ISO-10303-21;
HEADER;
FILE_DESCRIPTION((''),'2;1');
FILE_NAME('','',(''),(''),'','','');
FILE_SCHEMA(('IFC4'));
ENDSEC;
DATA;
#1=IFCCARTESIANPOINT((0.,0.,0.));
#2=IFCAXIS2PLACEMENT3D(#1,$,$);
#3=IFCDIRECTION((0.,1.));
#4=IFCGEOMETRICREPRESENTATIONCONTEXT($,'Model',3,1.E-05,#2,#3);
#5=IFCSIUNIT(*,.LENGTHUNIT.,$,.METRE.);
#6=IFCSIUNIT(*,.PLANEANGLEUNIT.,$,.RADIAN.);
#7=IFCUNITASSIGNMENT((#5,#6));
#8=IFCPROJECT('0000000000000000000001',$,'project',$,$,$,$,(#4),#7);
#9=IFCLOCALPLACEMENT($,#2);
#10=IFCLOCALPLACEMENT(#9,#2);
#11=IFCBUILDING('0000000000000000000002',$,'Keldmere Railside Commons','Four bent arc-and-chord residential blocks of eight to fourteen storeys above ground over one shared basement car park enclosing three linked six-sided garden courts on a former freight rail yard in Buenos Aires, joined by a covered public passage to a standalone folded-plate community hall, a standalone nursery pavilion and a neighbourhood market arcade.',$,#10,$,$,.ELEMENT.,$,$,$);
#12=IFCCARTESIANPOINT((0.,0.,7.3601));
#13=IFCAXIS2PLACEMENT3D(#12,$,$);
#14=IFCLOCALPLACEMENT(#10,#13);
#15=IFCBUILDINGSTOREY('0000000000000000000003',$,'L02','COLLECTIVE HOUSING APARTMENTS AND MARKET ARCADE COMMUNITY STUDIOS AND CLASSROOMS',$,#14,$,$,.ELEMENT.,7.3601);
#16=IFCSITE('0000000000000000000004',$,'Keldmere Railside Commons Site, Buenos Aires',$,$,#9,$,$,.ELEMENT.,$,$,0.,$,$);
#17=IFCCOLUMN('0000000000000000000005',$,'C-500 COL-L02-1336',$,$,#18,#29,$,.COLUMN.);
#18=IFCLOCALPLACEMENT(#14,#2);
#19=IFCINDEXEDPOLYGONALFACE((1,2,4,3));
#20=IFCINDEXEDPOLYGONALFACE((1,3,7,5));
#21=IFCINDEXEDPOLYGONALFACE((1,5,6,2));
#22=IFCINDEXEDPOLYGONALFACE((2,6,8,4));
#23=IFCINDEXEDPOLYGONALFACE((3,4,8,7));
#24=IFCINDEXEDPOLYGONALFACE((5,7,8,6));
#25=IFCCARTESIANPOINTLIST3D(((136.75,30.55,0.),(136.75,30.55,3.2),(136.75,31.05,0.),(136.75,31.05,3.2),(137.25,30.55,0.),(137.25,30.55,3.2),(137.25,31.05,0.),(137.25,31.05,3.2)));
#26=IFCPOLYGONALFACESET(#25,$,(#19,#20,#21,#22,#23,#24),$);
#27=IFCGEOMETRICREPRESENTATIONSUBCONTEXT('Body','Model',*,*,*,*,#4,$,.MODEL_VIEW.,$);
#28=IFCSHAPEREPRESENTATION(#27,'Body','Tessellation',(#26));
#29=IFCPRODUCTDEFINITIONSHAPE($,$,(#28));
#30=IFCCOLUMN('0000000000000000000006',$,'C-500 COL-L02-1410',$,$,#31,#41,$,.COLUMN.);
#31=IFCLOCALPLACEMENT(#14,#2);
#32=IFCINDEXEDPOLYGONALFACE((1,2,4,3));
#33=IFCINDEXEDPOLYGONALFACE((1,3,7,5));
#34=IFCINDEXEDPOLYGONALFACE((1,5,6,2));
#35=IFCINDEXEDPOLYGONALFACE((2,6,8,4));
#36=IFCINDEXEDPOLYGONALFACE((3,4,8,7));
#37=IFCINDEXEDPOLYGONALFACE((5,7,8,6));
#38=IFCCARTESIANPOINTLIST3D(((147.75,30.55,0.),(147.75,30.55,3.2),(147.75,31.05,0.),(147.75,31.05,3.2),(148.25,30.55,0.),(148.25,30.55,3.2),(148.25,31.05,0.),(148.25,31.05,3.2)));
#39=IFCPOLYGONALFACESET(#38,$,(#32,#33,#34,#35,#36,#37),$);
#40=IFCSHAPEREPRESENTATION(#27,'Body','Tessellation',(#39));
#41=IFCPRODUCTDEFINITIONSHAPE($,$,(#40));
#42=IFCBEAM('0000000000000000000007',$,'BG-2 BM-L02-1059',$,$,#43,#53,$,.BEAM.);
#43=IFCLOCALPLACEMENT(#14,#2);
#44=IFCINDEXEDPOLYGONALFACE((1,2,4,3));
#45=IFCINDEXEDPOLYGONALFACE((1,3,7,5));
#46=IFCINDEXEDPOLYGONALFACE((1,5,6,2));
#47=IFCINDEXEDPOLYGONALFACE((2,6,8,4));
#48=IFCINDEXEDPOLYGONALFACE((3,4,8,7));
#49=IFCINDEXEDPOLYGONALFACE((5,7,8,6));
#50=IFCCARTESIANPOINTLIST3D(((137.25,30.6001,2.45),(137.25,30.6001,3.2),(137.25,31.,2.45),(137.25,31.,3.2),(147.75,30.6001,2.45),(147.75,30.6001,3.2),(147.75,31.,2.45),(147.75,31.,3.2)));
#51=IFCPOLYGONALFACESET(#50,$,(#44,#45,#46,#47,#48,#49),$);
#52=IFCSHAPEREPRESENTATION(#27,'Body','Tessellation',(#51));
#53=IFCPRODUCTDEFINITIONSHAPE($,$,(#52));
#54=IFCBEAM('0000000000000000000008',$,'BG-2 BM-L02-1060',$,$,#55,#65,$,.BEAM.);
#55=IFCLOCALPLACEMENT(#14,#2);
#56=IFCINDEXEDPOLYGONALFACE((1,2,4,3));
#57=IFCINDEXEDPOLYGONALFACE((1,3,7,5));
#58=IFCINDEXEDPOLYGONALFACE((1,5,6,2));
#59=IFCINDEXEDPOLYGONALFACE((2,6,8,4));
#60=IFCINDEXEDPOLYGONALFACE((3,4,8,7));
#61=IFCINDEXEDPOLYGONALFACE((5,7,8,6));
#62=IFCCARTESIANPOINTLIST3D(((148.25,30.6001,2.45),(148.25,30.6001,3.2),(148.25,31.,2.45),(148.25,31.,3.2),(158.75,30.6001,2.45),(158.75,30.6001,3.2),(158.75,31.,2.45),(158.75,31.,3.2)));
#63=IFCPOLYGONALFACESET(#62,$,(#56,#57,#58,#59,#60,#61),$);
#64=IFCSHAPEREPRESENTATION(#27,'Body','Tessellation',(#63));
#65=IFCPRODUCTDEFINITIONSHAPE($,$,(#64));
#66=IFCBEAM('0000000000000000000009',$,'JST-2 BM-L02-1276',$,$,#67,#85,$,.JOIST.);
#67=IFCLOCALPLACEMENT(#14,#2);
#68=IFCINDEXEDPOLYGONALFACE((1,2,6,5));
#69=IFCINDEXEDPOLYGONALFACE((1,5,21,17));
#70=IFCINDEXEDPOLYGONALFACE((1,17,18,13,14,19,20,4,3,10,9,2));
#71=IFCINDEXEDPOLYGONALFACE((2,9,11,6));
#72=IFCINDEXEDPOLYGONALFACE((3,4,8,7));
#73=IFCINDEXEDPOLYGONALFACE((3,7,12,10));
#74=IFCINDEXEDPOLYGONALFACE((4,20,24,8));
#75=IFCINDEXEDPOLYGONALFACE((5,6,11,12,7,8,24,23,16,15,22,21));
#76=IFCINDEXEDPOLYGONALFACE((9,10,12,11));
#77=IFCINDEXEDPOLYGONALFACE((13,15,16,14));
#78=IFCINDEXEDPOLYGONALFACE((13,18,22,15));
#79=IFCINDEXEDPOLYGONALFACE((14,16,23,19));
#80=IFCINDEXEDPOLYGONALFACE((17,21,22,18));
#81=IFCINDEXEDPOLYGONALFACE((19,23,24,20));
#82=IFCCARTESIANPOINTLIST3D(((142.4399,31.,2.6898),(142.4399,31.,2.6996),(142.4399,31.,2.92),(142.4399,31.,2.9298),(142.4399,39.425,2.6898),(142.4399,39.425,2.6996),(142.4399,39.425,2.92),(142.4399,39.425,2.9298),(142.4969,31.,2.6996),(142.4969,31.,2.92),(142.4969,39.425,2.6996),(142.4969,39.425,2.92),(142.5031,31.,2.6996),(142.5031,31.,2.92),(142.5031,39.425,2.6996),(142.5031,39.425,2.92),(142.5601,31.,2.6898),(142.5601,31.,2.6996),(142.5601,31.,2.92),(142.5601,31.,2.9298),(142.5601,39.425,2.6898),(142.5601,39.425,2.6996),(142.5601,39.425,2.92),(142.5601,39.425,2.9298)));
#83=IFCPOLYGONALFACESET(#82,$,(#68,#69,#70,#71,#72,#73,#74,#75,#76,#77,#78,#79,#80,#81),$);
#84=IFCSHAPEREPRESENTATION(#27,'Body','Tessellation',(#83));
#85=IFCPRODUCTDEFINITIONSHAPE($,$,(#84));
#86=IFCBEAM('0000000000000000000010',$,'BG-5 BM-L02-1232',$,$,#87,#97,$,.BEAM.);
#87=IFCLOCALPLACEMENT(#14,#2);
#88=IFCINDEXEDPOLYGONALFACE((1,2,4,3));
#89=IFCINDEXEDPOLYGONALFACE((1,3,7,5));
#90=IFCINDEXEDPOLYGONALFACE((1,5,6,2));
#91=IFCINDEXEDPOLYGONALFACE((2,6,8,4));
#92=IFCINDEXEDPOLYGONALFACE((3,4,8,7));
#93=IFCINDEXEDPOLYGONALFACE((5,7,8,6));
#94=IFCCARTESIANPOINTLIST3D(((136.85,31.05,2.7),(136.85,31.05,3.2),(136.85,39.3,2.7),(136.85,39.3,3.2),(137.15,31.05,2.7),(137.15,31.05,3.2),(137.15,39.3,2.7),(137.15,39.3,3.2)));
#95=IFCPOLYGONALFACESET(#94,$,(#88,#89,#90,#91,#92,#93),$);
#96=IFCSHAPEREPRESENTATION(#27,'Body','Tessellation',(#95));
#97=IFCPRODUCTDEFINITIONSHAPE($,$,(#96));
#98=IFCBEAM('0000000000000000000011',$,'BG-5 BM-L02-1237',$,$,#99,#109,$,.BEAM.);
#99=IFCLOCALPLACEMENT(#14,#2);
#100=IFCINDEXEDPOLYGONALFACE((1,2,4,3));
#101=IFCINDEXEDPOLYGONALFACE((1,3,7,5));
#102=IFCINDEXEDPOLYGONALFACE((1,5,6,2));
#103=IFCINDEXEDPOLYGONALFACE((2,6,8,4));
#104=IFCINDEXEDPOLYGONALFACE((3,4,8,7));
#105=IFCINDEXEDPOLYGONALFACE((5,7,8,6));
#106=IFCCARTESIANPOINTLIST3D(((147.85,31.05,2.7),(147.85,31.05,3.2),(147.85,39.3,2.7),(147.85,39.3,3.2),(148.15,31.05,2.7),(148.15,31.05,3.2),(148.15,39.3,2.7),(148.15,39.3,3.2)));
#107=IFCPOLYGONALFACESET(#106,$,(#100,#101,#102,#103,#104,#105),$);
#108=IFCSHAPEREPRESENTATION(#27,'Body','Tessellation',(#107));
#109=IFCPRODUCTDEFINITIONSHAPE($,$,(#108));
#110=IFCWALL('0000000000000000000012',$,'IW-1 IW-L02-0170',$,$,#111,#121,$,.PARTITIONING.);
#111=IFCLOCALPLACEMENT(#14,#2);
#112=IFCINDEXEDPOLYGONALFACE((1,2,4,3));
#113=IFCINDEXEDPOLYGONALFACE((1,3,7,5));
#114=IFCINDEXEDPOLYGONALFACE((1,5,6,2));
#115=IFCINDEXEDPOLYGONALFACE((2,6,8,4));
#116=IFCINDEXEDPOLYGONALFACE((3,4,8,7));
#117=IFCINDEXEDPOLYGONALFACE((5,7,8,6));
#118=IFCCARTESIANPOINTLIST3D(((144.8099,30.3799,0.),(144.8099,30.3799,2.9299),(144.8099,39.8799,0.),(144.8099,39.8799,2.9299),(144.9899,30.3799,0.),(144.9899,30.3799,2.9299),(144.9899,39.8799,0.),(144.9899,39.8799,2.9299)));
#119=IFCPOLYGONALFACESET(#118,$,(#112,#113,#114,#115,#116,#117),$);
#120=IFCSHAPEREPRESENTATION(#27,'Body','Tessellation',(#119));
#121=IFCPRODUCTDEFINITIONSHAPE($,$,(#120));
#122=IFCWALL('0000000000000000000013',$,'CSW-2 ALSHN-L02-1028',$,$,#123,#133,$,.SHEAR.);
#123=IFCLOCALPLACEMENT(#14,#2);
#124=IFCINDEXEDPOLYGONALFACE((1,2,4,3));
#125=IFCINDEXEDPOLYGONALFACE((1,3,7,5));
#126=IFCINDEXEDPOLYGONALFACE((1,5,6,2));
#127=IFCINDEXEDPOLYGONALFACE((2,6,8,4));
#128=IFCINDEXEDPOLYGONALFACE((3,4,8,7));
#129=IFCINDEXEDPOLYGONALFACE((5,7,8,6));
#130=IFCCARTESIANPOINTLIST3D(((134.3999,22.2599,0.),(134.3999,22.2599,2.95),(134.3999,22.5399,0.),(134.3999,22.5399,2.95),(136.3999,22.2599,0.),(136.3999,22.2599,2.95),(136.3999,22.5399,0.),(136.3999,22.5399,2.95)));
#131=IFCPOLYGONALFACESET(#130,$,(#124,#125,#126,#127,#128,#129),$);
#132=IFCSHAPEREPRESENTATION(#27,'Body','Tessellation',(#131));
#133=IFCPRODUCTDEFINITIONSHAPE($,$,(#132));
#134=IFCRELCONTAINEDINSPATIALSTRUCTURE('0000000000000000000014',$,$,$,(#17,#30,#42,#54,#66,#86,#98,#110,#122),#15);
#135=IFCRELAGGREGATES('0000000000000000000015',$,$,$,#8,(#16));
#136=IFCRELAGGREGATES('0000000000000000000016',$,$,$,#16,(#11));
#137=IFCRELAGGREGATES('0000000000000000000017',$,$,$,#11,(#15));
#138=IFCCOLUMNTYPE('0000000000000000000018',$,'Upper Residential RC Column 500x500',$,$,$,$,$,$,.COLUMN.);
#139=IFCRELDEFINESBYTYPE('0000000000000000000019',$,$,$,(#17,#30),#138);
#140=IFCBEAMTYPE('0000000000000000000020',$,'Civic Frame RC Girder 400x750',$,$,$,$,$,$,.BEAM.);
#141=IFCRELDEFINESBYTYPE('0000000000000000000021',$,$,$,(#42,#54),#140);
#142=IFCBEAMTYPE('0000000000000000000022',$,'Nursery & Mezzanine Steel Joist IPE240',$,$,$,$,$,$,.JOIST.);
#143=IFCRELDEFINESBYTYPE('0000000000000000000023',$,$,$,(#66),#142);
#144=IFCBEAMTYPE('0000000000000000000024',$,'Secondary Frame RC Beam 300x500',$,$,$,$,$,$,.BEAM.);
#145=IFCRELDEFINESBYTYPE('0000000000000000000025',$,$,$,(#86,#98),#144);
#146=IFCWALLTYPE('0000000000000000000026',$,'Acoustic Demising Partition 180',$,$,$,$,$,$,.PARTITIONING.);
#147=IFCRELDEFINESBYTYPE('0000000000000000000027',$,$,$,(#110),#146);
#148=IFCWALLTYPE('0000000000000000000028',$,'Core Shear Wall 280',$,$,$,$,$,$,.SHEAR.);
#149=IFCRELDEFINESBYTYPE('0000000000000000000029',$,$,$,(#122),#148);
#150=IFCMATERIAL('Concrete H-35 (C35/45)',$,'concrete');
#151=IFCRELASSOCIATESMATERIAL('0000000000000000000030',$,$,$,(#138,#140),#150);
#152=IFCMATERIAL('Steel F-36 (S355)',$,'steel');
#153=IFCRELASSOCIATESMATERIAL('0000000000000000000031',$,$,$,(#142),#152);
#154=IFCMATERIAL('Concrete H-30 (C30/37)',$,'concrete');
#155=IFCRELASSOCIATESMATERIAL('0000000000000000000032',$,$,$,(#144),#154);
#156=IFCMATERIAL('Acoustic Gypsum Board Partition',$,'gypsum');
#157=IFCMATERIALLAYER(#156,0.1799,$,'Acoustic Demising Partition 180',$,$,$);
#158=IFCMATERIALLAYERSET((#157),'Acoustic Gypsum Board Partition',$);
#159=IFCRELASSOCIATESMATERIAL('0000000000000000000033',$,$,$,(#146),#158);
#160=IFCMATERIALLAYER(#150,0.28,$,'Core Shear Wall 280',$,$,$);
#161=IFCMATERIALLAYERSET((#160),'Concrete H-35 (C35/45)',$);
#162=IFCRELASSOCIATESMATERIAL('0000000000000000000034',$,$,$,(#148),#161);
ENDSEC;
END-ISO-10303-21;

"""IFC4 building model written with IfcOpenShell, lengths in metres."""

from ifc_helpers import new_model, si_unit, direction, frame, frame_2d, origin, origin_2d, place, context, subcontext, project, spatial, rectangle, i_section, extrude, material, layer, layer_set, material_profile, profile_set, type_object, element, save


model = new_model("IFC4")

# Units and contexts
model_context = context("Model", 3, precision=1e-05, world=origin(), true_north=direction((0.0, 1.0)))
body_context = subcontext(model_context, "Body", "Model", "MODEL_VIEW")
ifc_project = project(units=[si_unit("LENGTHUNIT", "METRE"), si_unit("PLANEANGLEUNIT", "RADIAN")], contexts=[model_context])

# Site, building, storey
site_placement = place(None, origin())
site = spatial("IfcSite", under=ifc_project, at=site_placement, Name="Keldmere Railside Commons Site, Buenos Aires", CompositionType="ELEMENT", RefElevation=0.0)
building_placement = place(site_placement, origin())
building = spatial("IfcBuilding", under=site, at=building_placement, Name="Keldmere Railside Commons", Description="Four bent arc-and-chord residential blocks of eight to fourteen storeys above ground over one shared basement car park enclosing three linked six-sided garden courts on a former freight rail yard in Buenos Aires, joined by a covered public passage to a standalone folded-plate community hall, a standalone nursery pavilion and a neighbourhood market arcade.", CompositionType="ELEMENT")
storey_placement = place(building_placement, frame((0.0, 0.0, 7.3601)))
storey = spatial("IfcBuildingStorey", under=building, at=storey_placement, Name="L02", Description="COLLECTIVE HOUSING APARTMENTS AND MARKET ARCADE COMMUNITY STUDIOS AND CLASSROOMS", CompositionType="ELEMENT", Elevation=7.3601)

# Columns
ifc_material_1 = material(Name="Concrete H-35 (C35/45)", Category="concrete")
ifc_material_profile_1 = material_profile(ifc_material_1, rectangle(XDim=0.5, YDim=0.5, at=origin_2d()), Name="RC-500x500")
ifc_profile_set_1 = profile_set([ifc_material_profile_1], Name="Concrete H-35 (C35/45)")
column_type = type_object("IfcColumnType", Name="Upper Residential RC Column 500x500", PredefinedType="COLUMN", material=ifc_profile_set_1)
for number, where, z_axis, x_axis, name in (
    (1, (137.0, 30.8, 0.0), (0.0, 0.0, 1.0), (1.0, 0.0, 0.0), "C-500 COL-L02-1336"),
    (2, (148.0, 30.8, 0.0), (0.0, 0.0, 1.0), (1.0, 0.0, 0.0), "C-500 COL-L02-1410"),
):
    element("IfcColumn", number, at=place(storey_placement, frame(where, z_axis=z_axis, x_axis=x_axis)), inside=storey, type_object=column_type, Name=name, PredefinedType="COLUMN", context=body_context, shape_type="SweptSolid", body=[
        extrude(rectangle(XDim=0.5, YDim=0.5, at=origin_2d()), origin(), (0.0, 0.0, 1.0), 3.2),
    ])

# Beams
ifc_material_profile_2 = material_profile(ifc_material_1, rectangle(XDim=0.3999, YDim=0.75, at=origin_2d()), Name="RC-400x750")
ifc_profile_set_2 = profile_set([ifc_material_profile_2], Name="Concrete H-35 (C35/45)")
beam_type_1 = type_object("IfcBeamType", Name="Civic Frame RC Girder 400x750", PredefinedType="BEAM", material=ifc_profile_set_2)
for number, where, z_axis, x_axis, name in (
    (3, (137.25, 30.8, 2.825), (1.0, 0.0, 0.0), (0.0, 1.0, 0.0), "BG-2 BM-L02-1059"),
    (4, (148.25, 30.8, 2.825), (1.0, 0.0, 0.0), (0.0, 1.0, 0.0), "BG-2 BM-L02-1060"),
):
    element("IfcBeam", number, at=place(storey_placement, frame(where, z_axis=z_axis, x_axis=x_axis)), inside=storey, type_object=beam_type_1, Name=name, PredefinedType="BEAM", context=body_context, shape_type="SweptSolid", body=[
        extrude(rectangle(XDim=0.3999, YDim=0.75, at=origin_2d()), origin(), (0.0, 0.0, 1.0), 10.5),
    ])
ifc_material_2 = material(Name="Steel F-36 (S355)", Category="steel")
ifc_material_profile_3 = material_profile(ifc_material_2, i_section(OverallWidth=0.1201, OverallDepth=0.24, WebThickness=0.0061, FlangeThickness=0.0098, at=origin_2d()), Name="IPE-240")
ifc_profile_set_3 = profile_set([ifc_material_profile_3], Name="Steel F-36 (S355)")
beam_type_2 = type_object("IfcBeamType", Name="Nursery & Mezzanine Steel Joist IPE240", PredefinedType="JOIST", material=ifc_profile_set_3)
beam_placement = place(storey_placement, frame((142.5, 31.0, 2.8098), z_axis=(0.0, 1.0, 0.0), x_axis=(-1.0, 0.0, 0.0)))
element("IfcBeam", 5, at=beam_placement, inside=storey, type_object=beam_type_2, Name="JST-2 BM-L02-1276", PredefinedType="JOIST", context=body_context, shape_type="SweptSolid", body=[
    extrude(i_section(OverallWidth=0.1201, OverallDepth=0.24, WebThickness=0.0061, FlangeThickness=0.0098, at=origin_2d()), origin(), (0.0, 0.0, 1.0), 8.425),
])
ifc_material_3 = material(Name="Concrete H-30 (C30/37)", Category="concrete")
ifc_material_profile_4 = material_profile(ifc_material_3, rectangle(XDim=0.3, YDim=0.5, at=origin_2d()), Name="RC-300x500")
ifc_profile_set_4 = profile_set([ifc_material_profile_4], Name="Concrete H-30 (C30/37)")
beam_type_3 = type_object("IfcBeamType", Name="Secondary Frame RC Beam 300x500", PredefinedType="BEAM", material=ifc_profile_set_4)
for number, where, z_axis, x_axis, name in (
    (6, (137.0, 31.05, 2.95), (0.0, 1.0, 0.0), (-1.0, 0.0, 0.0), "BG-5 BM-L02-1232"),
    (7, (148.0, 31.05, 2.95), (0.0, 1.0, 0.0), (-1.0, 0.0, 0.0), "BG-5 BM-L02-1237"),
):
    element("IfcBeam", number, at=place(storey_placement, frame(where, z_axis=z_axis, x_axis=x_axis)), inside=storey, type_object=beam_type_3, Name=name, PredefinedType="BEAM", context=body_context, shape_type="SweptSolid", body=[
        extrude(rectangle(XDim=0.3, YDim=0.5, at=origin_2d()), origin(), (0.0, 0.0, 1.0), 8.25),
    ])

# Wall
ifc_material_4 = material(Name="Acoustic Gypsum Board Partition", Category="gypsum")
ifc_layer_1 = layer(ifc_material_4, 0.1799, Name="Acoustic Demising Partition 180")
ifc_layer_set_1 = layer_set([ifc_layer_1], Name="Acoustic Gypsum Board Partition")
wall_type_1 = type_object("IfcWallType", Name="Acoustic Demising Partition 180", PredefinedType="PARTITIONING", material=ifc_layer_set_1)
wall_1_placement = place(storey_placement, frame((144.8999, 30.3799, 0.0), z_axis=(0.0, 0.0, 1.0), x_axis=(0.0, 1.0, 0.0)))
element("IfcWall", 8, at=wall_1_placement, inside=storey, type_object=wall_type_1, Name="IW-1 IW-L02-0170", PredefinedType="PARTITIONING", context=body_context, shape_type="SweptSolid", body=[
    extrude(rectangle(XDim=9.5, YDim=0.1799, at=frame_2d((4.75, 0.0))), origin(), (0.0, 0.0, 1.0), 2.9299),
])

# Shared definitions
ifc_layer_2 = layer(ifc_material_1, 0.28, Name="Core Shear Wall 280")
ifc_layer_set_2 = layer_set([ifc_layer_2], Name="Concrete H-35 (C35/45)")
wall_type_2 = type_object("IfcWallType", Name="Core Shear Wall 280", PredefinedType="SHEAR", material=ifc_layer_set_2)

# Wall
wall_2_placement = place(storey_placement, frame((134.3999, 22.3999, 0.0), z_axis=(0.0, 0.0, 1.0), x_axis=(1.0, 0.0, 0.0)))
element("IfcWall", 9, at=wall_2_placement, inside=storey, type_object=wall_type_2, Name="CSW-2 ALSHN-L02-1028", PredefinedType="SHEAR", context=body_context, shape_type="SweptSolid", body=[
    extrude(rectangle(XDim=2.0, YDim=0.28, at=frame_2d((1.0, 0.0))), origin(), (0.0, 0.0, 1.0), 2.95),
])

save(model, "model.ifc")
